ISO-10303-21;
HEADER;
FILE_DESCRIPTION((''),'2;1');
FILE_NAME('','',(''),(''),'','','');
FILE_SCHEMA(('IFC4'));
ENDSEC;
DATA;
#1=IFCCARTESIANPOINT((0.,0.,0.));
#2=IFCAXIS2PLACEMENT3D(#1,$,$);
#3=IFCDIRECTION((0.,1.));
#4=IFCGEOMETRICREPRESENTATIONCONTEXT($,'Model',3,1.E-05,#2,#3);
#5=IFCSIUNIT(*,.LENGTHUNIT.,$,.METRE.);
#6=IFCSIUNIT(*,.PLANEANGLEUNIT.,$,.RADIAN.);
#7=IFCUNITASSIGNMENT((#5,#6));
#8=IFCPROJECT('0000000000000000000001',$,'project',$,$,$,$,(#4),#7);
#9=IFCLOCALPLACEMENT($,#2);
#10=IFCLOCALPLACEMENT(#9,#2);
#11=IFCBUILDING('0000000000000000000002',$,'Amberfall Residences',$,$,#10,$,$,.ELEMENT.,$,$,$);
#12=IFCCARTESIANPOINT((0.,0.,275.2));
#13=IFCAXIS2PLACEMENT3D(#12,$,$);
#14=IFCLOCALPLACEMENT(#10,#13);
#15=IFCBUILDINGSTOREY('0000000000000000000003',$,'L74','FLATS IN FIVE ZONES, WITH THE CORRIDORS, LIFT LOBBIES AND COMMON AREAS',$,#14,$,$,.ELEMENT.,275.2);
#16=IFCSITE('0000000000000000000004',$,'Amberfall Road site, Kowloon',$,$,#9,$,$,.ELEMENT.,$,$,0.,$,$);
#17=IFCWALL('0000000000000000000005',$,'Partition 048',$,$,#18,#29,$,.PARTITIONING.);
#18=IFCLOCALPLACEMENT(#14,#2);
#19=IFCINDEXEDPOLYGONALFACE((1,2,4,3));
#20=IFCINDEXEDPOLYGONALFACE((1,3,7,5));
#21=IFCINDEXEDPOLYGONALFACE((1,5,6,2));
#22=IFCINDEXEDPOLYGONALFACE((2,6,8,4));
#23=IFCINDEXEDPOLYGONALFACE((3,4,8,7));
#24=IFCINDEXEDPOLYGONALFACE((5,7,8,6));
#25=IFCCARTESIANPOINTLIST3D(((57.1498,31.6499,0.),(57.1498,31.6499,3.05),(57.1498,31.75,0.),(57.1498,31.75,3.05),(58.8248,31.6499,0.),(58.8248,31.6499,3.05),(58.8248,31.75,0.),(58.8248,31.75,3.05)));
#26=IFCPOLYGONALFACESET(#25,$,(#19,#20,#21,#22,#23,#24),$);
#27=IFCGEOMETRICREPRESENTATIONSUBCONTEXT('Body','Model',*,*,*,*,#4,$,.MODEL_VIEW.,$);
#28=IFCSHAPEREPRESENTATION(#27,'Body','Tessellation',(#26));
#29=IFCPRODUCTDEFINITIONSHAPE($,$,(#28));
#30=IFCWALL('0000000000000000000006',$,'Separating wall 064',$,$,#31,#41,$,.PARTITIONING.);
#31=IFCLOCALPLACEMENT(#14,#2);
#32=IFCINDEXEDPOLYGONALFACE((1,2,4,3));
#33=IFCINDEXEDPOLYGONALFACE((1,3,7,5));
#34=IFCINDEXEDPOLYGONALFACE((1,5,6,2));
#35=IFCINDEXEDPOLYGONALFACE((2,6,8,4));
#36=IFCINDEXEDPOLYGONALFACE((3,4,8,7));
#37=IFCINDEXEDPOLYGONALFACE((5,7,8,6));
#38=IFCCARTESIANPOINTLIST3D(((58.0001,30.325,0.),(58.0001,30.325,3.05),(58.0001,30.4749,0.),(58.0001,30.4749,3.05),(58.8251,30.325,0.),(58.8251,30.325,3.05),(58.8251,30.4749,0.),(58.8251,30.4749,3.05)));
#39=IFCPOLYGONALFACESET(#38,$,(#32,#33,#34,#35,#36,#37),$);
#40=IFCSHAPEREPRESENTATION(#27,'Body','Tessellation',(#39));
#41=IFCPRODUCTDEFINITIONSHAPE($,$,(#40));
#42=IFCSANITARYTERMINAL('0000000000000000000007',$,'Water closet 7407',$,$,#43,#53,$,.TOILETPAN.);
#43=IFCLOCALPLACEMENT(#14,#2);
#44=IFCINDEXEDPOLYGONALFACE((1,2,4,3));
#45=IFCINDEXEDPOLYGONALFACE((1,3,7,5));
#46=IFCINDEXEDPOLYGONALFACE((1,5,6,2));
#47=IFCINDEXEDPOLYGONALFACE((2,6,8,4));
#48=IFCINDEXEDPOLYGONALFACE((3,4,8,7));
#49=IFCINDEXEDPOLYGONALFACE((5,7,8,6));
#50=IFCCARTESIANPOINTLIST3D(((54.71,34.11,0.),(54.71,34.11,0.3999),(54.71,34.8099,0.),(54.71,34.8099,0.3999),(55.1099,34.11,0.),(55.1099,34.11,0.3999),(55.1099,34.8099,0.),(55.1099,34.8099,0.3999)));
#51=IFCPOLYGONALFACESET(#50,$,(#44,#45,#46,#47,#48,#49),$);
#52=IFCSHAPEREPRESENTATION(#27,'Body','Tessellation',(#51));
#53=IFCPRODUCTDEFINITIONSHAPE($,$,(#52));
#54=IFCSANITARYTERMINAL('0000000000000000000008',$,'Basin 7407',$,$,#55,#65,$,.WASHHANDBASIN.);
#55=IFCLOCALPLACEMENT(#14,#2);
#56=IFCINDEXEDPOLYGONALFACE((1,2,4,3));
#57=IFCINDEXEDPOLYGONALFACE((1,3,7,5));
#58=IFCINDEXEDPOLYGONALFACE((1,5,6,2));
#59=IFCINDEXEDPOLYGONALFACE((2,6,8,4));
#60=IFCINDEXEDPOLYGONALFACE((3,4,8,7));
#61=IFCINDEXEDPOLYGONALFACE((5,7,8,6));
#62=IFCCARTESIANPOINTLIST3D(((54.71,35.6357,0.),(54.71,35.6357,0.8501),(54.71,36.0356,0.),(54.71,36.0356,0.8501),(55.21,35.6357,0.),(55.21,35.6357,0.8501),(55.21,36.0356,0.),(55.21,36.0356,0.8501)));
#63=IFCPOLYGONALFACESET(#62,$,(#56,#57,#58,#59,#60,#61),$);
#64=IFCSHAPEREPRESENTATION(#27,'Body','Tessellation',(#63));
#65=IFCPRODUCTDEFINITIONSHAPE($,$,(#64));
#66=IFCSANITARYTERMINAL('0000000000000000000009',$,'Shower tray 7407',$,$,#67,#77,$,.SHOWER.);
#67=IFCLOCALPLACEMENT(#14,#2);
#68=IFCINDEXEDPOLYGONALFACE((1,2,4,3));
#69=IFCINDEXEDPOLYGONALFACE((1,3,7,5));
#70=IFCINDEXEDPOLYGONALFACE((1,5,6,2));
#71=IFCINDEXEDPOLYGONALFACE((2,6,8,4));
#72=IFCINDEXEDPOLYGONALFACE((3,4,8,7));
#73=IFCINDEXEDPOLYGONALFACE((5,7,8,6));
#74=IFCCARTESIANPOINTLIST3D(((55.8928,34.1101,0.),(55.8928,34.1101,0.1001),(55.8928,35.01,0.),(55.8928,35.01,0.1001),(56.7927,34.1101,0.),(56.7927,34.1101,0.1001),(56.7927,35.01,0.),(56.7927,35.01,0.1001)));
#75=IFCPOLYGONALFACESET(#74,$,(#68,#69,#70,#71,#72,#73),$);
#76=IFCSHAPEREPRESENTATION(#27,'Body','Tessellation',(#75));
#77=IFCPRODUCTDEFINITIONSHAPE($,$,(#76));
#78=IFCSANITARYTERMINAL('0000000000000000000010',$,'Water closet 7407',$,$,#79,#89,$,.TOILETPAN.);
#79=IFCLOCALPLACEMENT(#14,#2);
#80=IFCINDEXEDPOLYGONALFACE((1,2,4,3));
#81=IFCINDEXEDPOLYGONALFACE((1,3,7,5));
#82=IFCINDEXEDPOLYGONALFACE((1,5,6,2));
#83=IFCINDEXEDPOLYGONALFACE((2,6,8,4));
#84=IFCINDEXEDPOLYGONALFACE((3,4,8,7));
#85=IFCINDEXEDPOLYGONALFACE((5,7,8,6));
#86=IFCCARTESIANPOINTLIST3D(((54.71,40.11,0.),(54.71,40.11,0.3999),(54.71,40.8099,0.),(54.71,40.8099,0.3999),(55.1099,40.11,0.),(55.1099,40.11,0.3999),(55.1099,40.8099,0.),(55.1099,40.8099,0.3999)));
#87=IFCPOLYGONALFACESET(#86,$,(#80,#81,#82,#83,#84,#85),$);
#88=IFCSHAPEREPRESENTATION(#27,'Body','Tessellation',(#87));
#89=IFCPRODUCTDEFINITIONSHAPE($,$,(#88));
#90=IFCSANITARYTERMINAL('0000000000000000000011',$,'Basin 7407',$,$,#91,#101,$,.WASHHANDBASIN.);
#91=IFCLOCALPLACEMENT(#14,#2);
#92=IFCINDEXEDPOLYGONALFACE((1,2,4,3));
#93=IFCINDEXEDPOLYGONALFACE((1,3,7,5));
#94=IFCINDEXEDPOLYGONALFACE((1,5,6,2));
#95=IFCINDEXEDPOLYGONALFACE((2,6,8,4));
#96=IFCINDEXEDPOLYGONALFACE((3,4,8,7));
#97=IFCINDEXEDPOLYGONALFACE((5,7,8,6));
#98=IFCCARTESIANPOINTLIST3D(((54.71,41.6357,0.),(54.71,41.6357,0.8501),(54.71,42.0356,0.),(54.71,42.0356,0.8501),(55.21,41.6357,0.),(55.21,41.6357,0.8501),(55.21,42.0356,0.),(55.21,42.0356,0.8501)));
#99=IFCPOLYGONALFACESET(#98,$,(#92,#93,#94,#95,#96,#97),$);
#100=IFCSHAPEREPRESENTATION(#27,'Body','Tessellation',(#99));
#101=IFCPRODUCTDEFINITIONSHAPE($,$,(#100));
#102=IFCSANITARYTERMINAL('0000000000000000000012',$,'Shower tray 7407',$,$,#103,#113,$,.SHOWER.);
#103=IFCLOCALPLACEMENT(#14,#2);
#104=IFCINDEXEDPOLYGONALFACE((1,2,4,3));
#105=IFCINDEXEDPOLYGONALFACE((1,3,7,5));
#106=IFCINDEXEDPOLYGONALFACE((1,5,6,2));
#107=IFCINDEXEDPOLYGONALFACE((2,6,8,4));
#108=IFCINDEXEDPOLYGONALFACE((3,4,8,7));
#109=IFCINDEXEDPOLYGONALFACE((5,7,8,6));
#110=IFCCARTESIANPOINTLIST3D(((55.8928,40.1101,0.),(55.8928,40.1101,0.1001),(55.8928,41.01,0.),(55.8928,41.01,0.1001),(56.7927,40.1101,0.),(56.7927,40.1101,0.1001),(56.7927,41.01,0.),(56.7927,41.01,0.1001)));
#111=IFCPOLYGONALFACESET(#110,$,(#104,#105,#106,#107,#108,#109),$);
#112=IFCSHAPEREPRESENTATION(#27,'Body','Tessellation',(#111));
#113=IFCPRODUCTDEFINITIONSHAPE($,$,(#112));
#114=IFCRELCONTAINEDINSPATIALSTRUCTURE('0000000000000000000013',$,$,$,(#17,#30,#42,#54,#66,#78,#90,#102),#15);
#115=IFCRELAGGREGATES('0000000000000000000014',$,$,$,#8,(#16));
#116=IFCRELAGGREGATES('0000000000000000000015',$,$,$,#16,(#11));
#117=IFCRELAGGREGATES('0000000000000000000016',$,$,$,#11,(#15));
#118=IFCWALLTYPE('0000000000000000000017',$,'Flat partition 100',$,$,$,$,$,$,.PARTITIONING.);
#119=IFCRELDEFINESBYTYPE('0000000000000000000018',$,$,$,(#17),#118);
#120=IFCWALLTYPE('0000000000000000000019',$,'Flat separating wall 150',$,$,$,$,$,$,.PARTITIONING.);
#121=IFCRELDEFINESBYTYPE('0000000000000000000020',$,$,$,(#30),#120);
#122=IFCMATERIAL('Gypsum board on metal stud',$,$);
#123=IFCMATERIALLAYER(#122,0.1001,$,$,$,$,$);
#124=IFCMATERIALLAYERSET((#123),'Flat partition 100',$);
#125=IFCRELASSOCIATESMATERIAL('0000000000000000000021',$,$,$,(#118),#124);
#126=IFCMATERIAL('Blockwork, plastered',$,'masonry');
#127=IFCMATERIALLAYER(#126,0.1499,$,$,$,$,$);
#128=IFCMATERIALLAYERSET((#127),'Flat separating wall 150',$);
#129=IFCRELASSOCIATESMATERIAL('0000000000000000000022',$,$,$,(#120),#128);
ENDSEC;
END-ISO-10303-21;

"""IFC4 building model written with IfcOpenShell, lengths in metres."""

from ifc_helpers import new_model, si_unit, direction, frame, frame_2d, origin, origin_2d, place, context, subcontext, project, spatial, rectangle, extrude, material, layer, layer_set, type_object, element, save


model = new_model("IFC4")

# Units and contexts
model_context = context("Model", 3, precision=1e-05, world=origin(), true_north=direction((0.0, 1.0)))
body_context = subcontext(model_context, "Body", "Model", "MODEL_VIEW")
ifc_project = project(units=[si_unit("LENGTHUNIT", "METRE"), si_unit("PLANEANGLEUNIT", "RADIAN")], contexts=[model_context])

# Site, building, storey
site_placement = place(None, origin())
site = spatial("IfcSite", under=ifc_project, at=site_placement, Name="Amberfall Road site, Kowloon", CompositionType="ELEMENT", RefElevation=0.0)
building_placement = place(site_placement, origin())
building = spatial("IfcBuilding", under=site, at=building_placement, Name="Amberfall Residences", CompositionType="ELEMENT")
storey_placement = place(building_placement, frame((0.0, 0.0, 275.2)))
storey = spatial("IfcBuildingStorey", under=building, at=storey_placement, Name="L74", Description="FLATS IN FIVE ZONES, WITH THE CORRIDORS, LIFT LOBBIES AND COMMON AREAS", CompositionType="ELEMENT", Elevation=275.2)

# Shared definitions
ifc_material_1 = material(Name="Gypsum board on metal stud")
ifc_layer_1 = layer(ifc_material_1, 0.1001)
ifc_layer_set_1 = layer_set([ifc_layer_1], Name="Flat partition 100")
wall_type_1 = type_object("IfcWallType", Name="Flat partition 100", PredefinedType="PARTITIONING", material=ifc_layer_set_1)

# Walls
wall_1_placement = place(storey_placement, frame((57.1499, 31.7, 0.0), z_axis=(0.0, 0.0, 1.0), x_axis=(1.0, 0.0, 0.0)))
element("IfcWall", 1, at=wall_1_placement, inside=storey, type_object=wall_type_1, Name="Partition 048", PredefinedType="PARTITIONING", context=body_context, shape_type="SweptSolid", body=[
    extrude(rectangle(XDim=1.675, YDim=0.1001, at=frame_2d((0.8374, 0.0))), origin(), (0.0, 0.0, 1.0), 3.05),
])
ifc_material_2 = material(Name="Blockwork, plastered", Category="masonry")
ifc_layer_2 = layer(ifc_material_2, 0.1499)
ifc_layer_set_2 = layer_set([ifc_layer_2], Name="Flat separating wall 150")
wall_type_2 = type_object("IfcWallType", Name="Flat separating wall 150", PredefinedType="PARTITIONING", material=ifc_layer_set_2)
wall_2_placement = place(storey_placement, frame((58.0, 30.3999, 0.0), z_axis=(0.0, 0.0, 1.0), x_axis=(1.0, 0.0, 0.0)))
element("IfcWall", 2, at=wall_2_placement, inside=storey, type_object=wall_type_2, Name="Separating wall 064", PredefinedType="PARTITIONING", context=body_context, shape_type="SweptSolid", body=[
    extrude(rectangle(XDim=0.825, YDim=0.1499, at=frame_2d((0.4126, 0.0))), origin(), (0.0, 0.0, 1.0), 3.05),
])

# Sanitary terminals
sanitary_terminal_1_placement = place(storey_placement, frame((54.9099, 34.46, 0.0), z_axis=(0.0, 0.0, 1.0), x_axis=(1.0, 0.0, 0.0)))
element("IfcSanitaryTerminal", 3, at=sanitary_terminal_1_placement, inside=storey, Name="Water closet 7407", PredefinedType="TOILETPAN", context=body_context, shape_type="SweptSolid", body=[
    extrude(rectangle(XDim=0.3999, YDim=0.7, at=origin_2d()), origin(), (0.0, 0.0, 1.0), 0.3999),
])
sanitary_terminal_2_placement = place(storey_placement, frame((54.96, 35.8357, 0.0), z_axis=(0.0, 0.0, 1.0), x_axis=(1.0, 0.0, 0.0)))
element("IfcSanitaryTerminal", 4, at=sanitary_terminal_2_placement, inside=storey, Name="Basin 7407", PredefinedType="WASHHANDBASIN", context=body_context, shape_type="SweptSolid", body=[
    extrude(rectangle(XDim=0.5, YDim=0.3999, at=origin_2d()), origin(), (0.0, 0.0, 1.0), 0.8501),
])
sanitary_terminal_3_placement = place(storey_placement, frame((56.3428, 34.5601, 0.0), z_axis=(0.0, 0.0, 1.0), x_axis=(1.0, 0.0, 0.0)))
element("IfcSanitaryTerminal", 5, at=sanitary_terminal_3_placement, inside=storey, Name="Shower tray 7407", PredefinedType="SHOWER", context=body_context, shape_type="SweptSolid", body=[
    extrude(rectangle(XDim=0.8999, YDim=0.8999, at=origin_2d()), origin(), (0.0, 0.0, 1.0), 0.1001),
])
sanitary_terminal_4_placement = place(storey_placement, frame((54.9099, 40.46, 0.0), z_axis=(0.0, 0.0, 1.0), x_axis=(1.0, 0.0, 0.0)))
element("IfcSanitaryTerminal", 6, at=sanitary_terminal_4_placement, inside=storey, Name="Water closet 7407", PredefinedType="TOILETPAN", context=body_context, shape_type="SweptSolid", body=[
    extrude(rectangle(XDim=0.3999, YDim=0.7, at=origin_2d()), origin(), (0.0, 0.0, 1.0), 0.3999),
])
sanitary_terminal_5_placement = place(storey_placement, frame((54.96, 41.8357, 0.0), z_axis=(0.0, 0.0, 1.0), x_axis=(1.0, 0.0, 0.0)))
element("IfcSanitaryTerminal", 7, at=sanitary_terminal_5_placement, inside=storey, Name="Basin 7407", PredefinedType="WASHHANDBASIN", context=body_context, shape_type="SweptSolid", body=[
    extrude(rectangle(XDim=0.5, YDim=0.3999, at=origin_2d()), origin(), (0.0, 0.0, 1.0), 0.8501),
])
sanitary_terminal_6_placement = place(storey_placement, frame((56.3428, 40.5601, 0.0), z_axis=(0.0, 0.0, 1.0), x_axis=(1.0, 0.0, 0.0)))
element("IfcSanitaryTerminal", 8, at=sanitary_terminal_6_placement, inside=storey, Name="Shower tray 7407", PredefinedType="SHOWER", context=body_context, shape_type="SweptSolid", body=[
    extrude(rectangle(XDim=0.8999, YDim=0.8999, at=origin_2d()), origin(), (0.0, 0.0, 1.0), 0.1001),
])

save(model, "model.ifc")
